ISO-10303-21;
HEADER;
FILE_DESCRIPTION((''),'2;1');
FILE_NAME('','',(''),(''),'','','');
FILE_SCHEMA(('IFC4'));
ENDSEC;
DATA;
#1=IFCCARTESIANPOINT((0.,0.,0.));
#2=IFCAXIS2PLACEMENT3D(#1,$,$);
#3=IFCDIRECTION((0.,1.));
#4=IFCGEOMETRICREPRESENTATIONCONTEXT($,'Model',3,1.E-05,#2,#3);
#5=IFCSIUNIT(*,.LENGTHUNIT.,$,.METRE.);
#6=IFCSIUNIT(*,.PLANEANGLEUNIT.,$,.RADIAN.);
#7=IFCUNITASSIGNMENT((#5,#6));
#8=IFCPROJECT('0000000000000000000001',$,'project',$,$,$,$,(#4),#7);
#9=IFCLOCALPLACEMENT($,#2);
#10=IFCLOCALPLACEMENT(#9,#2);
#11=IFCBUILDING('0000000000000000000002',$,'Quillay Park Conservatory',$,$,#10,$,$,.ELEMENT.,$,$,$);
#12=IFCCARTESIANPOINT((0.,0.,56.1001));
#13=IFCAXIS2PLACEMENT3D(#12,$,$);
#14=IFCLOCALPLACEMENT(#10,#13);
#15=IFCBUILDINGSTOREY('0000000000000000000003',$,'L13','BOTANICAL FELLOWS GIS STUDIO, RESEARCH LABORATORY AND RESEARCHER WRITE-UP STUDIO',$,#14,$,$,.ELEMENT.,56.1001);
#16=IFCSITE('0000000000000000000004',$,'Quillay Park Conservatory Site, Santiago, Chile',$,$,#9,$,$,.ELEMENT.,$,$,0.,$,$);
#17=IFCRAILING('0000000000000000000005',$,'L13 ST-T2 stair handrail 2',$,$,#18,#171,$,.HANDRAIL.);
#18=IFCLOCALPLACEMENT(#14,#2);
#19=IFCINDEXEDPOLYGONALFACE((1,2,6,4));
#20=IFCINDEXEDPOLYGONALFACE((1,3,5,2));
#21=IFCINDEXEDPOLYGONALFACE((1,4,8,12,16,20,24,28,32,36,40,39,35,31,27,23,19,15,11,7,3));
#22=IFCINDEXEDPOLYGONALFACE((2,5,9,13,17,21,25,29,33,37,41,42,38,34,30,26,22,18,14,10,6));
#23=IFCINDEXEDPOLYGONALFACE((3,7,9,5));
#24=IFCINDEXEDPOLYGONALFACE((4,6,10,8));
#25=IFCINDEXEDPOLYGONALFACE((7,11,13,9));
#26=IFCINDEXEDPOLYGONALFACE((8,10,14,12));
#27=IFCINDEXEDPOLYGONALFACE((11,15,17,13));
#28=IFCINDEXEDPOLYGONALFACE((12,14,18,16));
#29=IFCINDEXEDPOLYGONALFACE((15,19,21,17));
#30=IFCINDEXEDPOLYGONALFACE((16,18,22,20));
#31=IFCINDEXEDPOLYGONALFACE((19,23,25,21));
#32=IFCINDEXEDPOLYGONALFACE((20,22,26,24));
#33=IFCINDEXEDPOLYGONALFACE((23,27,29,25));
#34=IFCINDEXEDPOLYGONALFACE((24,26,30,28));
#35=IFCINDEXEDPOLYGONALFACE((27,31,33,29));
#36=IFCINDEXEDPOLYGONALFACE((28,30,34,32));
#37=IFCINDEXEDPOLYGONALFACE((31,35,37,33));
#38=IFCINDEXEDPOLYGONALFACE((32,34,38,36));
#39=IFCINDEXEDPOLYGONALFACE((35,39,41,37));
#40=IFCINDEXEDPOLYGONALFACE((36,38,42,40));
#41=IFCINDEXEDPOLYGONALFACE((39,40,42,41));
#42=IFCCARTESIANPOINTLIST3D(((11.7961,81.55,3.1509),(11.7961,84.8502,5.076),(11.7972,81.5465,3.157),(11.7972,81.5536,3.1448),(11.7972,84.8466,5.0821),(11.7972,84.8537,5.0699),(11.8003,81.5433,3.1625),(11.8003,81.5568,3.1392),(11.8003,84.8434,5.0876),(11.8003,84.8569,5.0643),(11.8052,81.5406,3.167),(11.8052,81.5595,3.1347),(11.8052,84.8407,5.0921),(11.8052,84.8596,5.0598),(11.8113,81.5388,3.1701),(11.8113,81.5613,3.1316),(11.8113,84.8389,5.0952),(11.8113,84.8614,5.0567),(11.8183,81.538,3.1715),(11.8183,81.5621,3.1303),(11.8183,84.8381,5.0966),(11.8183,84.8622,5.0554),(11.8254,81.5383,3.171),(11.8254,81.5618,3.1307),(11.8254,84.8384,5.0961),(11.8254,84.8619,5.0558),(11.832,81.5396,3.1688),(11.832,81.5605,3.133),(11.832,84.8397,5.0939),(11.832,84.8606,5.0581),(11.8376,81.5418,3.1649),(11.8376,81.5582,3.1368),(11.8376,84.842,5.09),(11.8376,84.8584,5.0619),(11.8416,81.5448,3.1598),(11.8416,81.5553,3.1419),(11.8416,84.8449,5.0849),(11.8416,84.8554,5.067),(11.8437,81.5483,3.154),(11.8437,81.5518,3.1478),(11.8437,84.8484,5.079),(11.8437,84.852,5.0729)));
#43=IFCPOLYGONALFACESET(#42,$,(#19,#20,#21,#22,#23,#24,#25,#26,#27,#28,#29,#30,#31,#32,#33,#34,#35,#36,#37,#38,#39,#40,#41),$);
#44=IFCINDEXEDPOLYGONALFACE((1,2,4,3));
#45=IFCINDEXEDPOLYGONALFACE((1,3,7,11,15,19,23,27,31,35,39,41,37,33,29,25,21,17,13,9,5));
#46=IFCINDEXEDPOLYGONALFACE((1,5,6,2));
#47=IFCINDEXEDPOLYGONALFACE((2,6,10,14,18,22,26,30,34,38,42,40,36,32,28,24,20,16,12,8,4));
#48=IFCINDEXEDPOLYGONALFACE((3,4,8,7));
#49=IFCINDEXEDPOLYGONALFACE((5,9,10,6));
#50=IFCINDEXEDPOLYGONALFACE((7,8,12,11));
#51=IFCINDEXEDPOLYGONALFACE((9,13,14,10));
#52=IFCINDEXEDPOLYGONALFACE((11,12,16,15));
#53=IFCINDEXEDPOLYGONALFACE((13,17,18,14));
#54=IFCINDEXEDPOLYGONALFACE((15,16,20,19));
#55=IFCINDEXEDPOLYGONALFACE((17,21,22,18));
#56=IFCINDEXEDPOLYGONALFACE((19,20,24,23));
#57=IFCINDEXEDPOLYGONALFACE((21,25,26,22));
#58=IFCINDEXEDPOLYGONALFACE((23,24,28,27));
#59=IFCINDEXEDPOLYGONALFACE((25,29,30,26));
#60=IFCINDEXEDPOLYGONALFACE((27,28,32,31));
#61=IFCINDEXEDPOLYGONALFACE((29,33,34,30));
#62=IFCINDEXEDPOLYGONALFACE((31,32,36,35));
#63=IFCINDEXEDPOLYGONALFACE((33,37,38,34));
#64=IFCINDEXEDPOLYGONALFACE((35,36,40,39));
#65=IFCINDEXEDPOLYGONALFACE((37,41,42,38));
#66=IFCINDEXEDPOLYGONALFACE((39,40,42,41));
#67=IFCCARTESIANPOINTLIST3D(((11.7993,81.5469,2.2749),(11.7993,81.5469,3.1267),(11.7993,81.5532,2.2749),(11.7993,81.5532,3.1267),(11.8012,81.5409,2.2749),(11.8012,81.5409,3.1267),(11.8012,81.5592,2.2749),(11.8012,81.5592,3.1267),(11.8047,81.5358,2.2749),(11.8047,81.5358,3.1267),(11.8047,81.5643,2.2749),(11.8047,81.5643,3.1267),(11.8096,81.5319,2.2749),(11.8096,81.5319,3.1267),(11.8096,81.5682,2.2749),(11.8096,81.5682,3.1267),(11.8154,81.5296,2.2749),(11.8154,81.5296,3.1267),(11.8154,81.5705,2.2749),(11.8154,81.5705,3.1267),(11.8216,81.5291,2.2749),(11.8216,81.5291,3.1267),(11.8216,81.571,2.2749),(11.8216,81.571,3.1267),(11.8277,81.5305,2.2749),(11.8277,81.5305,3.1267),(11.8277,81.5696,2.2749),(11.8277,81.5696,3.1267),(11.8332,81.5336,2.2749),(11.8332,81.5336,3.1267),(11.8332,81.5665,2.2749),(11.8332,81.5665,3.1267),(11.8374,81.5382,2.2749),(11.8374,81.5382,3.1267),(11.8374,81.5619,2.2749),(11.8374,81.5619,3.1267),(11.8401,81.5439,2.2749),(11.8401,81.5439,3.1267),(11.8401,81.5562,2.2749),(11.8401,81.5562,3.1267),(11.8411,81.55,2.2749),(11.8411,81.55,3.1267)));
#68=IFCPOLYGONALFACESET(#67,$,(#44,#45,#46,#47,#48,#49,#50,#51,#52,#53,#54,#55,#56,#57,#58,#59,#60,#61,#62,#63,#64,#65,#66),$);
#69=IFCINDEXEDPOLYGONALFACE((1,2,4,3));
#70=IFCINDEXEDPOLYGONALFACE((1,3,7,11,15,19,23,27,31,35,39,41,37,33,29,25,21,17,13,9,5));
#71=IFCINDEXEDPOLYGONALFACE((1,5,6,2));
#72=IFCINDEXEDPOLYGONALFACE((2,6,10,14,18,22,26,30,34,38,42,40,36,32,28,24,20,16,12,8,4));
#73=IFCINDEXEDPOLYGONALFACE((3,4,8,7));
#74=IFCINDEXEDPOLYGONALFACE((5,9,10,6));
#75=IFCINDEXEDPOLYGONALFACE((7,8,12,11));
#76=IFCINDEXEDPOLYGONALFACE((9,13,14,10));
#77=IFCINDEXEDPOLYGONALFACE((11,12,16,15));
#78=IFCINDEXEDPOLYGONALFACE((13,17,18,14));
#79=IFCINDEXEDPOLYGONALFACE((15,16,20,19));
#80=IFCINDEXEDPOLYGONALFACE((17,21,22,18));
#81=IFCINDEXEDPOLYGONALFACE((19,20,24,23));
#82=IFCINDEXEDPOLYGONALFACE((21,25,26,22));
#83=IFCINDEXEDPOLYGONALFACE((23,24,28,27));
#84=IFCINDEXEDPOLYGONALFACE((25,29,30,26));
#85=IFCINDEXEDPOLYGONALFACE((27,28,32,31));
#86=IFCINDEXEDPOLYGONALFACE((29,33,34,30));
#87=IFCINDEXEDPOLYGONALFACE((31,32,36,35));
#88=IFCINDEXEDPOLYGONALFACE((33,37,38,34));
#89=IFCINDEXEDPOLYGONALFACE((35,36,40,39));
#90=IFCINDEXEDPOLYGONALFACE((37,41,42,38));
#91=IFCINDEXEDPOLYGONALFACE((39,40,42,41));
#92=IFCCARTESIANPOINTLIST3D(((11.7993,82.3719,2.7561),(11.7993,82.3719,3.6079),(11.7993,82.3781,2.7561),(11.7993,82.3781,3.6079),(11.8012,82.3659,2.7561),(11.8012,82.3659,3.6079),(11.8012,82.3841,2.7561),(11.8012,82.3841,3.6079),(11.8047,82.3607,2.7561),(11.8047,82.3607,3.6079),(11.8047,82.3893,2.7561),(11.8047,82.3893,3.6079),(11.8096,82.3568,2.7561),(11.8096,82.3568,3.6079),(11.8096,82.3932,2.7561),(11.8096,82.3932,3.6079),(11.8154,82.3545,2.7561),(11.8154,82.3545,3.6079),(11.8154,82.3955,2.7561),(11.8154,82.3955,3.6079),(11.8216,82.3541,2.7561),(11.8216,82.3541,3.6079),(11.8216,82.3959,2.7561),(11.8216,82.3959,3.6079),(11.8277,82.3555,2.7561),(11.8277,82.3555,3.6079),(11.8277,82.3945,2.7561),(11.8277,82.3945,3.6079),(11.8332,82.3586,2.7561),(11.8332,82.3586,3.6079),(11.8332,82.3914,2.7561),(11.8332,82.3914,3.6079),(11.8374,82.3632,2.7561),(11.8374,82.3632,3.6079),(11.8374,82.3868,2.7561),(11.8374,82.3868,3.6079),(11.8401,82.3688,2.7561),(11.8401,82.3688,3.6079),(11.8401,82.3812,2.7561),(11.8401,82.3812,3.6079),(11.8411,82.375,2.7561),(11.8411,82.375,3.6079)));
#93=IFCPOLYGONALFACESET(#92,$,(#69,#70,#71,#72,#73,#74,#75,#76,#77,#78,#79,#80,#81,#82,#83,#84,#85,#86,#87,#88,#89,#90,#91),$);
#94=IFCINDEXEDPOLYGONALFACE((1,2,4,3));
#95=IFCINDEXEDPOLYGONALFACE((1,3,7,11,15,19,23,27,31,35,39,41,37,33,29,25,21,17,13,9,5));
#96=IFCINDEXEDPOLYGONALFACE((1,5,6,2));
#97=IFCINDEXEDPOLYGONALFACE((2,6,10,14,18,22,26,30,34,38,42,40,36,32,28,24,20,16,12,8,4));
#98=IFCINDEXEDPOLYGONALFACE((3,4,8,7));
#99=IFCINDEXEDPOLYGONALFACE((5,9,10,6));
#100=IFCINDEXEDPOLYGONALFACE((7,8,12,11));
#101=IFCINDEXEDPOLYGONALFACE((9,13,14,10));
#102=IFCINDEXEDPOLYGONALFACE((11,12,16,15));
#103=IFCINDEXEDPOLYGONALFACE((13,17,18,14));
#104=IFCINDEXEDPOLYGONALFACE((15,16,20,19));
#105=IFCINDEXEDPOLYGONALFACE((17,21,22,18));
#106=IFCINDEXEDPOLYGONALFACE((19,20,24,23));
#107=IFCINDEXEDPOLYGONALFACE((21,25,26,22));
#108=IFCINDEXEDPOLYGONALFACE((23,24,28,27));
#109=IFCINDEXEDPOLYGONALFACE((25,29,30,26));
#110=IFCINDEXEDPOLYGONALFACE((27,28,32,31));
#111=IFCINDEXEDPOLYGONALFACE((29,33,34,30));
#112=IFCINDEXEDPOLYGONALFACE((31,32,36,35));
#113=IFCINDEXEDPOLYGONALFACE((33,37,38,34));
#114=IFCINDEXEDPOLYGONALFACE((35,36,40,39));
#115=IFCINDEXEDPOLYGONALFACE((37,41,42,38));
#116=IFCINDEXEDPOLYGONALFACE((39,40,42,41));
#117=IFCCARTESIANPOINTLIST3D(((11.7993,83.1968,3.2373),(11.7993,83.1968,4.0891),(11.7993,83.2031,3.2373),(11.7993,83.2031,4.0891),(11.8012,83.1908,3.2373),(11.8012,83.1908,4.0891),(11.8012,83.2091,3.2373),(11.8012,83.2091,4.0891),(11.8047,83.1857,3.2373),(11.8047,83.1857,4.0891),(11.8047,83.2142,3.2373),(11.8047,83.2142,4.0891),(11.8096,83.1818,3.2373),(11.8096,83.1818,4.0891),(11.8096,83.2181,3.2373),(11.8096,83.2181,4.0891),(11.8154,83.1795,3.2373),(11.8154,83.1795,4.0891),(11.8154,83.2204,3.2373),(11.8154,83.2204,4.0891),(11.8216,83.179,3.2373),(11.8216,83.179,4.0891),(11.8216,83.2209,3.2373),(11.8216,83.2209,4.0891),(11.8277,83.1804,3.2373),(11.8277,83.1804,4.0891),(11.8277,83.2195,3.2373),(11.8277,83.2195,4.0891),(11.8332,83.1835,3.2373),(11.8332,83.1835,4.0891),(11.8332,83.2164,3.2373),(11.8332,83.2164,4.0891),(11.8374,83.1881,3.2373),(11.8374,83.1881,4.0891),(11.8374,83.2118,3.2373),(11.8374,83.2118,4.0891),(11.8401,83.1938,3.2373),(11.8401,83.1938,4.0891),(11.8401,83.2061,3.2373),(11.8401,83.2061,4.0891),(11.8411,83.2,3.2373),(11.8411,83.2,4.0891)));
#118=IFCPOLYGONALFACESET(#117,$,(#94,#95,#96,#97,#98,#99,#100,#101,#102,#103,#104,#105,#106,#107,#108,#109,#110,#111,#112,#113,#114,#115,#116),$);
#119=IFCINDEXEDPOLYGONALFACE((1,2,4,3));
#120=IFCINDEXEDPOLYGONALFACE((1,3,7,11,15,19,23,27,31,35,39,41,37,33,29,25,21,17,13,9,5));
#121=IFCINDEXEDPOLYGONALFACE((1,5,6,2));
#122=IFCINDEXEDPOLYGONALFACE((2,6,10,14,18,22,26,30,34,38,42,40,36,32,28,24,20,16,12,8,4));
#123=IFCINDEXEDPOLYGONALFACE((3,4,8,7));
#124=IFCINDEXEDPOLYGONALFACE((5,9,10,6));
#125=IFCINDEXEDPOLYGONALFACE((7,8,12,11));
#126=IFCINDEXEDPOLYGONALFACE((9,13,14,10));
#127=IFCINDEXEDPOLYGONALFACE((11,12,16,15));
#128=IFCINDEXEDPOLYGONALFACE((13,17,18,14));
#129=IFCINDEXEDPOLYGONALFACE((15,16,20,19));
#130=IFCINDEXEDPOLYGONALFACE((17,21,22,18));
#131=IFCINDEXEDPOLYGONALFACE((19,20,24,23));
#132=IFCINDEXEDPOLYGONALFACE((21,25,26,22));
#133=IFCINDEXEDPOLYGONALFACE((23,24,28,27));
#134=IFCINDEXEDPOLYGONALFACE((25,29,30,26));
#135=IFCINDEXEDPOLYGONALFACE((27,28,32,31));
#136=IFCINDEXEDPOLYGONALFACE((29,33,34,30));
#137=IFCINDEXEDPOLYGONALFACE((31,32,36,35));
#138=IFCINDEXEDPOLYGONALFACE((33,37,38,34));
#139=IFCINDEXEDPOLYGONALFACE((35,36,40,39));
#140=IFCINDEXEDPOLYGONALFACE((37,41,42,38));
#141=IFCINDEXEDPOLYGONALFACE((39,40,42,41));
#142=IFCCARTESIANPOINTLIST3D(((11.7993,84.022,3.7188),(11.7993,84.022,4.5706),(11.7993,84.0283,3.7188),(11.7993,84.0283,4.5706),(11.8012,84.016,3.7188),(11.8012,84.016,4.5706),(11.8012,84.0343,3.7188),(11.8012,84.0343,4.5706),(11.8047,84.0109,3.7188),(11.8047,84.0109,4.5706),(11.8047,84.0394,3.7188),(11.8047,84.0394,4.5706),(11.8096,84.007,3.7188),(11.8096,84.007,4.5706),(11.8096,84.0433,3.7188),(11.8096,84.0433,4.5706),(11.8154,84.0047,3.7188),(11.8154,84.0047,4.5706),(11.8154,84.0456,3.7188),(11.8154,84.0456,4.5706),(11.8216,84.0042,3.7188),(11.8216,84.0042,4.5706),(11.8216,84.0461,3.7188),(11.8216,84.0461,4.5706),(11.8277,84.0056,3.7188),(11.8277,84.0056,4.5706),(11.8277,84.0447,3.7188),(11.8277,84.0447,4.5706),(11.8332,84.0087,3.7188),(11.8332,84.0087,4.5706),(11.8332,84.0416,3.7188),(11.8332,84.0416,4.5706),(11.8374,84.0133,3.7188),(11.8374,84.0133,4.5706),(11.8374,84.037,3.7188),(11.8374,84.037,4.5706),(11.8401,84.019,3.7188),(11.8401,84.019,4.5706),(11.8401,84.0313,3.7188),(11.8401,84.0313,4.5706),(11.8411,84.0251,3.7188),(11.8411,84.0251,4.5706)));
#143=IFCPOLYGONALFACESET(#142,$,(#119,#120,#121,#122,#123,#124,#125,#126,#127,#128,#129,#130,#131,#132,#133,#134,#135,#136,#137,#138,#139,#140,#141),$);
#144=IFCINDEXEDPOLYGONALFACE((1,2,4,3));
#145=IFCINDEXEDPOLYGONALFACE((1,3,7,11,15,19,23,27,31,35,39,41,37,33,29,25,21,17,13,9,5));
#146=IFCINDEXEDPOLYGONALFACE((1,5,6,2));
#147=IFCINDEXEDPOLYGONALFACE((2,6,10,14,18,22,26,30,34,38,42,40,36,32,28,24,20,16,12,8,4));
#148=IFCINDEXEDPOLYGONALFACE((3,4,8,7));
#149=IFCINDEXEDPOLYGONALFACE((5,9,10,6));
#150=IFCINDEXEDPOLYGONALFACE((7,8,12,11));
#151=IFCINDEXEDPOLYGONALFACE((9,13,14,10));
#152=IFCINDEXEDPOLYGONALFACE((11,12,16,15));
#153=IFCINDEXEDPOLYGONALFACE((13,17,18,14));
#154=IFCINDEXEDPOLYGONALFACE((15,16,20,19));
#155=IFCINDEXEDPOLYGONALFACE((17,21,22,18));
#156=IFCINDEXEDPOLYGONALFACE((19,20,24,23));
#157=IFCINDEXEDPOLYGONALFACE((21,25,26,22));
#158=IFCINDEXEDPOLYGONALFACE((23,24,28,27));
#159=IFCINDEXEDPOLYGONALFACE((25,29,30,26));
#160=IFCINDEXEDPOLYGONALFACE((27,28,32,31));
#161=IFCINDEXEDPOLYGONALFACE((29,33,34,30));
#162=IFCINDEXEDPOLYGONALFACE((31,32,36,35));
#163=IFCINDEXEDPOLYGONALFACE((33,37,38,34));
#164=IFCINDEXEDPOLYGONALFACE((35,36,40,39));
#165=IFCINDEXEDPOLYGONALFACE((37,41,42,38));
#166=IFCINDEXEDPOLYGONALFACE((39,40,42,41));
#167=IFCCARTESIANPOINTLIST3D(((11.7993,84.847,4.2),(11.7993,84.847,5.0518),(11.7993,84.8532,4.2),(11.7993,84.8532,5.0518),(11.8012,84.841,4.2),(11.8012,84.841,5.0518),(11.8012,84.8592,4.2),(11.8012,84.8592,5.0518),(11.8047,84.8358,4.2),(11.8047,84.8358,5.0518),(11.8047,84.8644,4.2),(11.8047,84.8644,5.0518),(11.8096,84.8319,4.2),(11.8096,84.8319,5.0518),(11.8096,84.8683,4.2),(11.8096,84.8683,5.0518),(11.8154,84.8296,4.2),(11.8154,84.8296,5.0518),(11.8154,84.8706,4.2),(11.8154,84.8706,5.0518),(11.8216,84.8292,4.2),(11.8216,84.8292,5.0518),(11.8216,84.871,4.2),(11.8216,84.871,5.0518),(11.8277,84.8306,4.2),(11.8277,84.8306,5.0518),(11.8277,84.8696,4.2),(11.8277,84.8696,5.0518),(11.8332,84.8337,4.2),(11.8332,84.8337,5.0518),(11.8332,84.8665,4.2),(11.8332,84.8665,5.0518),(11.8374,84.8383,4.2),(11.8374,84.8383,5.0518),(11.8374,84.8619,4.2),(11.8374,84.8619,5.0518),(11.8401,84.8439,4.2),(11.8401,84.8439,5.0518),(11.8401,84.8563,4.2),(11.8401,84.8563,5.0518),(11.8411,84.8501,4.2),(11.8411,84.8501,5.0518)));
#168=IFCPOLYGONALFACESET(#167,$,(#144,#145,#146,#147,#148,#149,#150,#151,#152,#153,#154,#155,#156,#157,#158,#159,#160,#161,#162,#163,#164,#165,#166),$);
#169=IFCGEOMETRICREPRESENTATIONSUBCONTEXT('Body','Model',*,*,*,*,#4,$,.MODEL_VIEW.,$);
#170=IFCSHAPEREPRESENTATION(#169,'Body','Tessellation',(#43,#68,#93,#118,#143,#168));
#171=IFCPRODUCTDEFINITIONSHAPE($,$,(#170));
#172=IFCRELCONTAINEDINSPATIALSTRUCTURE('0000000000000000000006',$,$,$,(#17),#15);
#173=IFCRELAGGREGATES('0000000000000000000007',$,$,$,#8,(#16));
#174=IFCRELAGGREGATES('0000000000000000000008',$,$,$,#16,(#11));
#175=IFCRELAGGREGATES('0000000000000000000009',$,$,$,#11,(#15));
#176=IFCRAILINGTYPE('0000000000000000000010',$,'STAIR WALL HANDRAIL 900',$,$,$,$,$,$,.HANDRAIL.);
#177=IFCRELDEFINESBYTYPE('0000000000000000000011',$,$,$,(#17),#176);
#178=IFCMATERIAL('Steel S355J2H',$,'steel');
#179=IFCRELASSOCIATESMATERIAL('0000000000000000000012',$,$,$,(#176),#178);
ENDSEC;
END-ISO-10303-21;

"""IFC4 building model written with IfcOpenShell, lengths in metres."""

from ifc_helpers import new_model, si_unit, direction, frame, origin, origin_2d, place, context, subcontext, project, spatial, circle, extrude, material, type_object, element, save


model = new_model("IFC4")

# Units and contexts
model_context = context("Model", 3, precision=1e-05, world=origin(), true_north=direction((0.0, 1.0)))
body_context = subcontext(model_context, "Body", "Model", "MODEL_VIEW")
ifc_project = project(units=[si_unit("LENGTHUNIT", "METRE"), si_unit("PLANEANGLEUNIT", "RADIAN")], contexts=[model_context])

# Site, building, storey
site_placement = place(None, origin())
site = spatial("IfcSite", under=ifc_project, at=site_placement, Name="Quillay Park Conservatory Site, Santiago, Chile", CompositionType="ELEMENT", RefElevation=0.0)
building_placement = place(site_placement, origin())
building = spatial("IfcBuilding", under=site, at=building_placement, Name="Quillay Park Conservatory", CompositionType="ELEMENT")
storey_placement = place(building_placement, frame((0.0, 0.0, 56.1001)))
storey = spatial("IfcBuildingStorey", under=building, at=storey_placement, Name="L13", Description="BOTANICAL FELLOWS GIS STUDIO, RESEARCH LABORATORY AND RESEARCHER WRITE-UP STUDIO", CompositionType="ELEMENT", Elevation=56.1001)

# Railing
ifc_material_1 = material(Name="Steel S355J2H", Category="steel")
railing_type_1 = type_object("IfcRailingType", Name="STAIR WALL HANDRAIL 900", PredefinedType="HANDRAIL", material=ifc_material_1)
railing_1_placement = place(storey_placement, frame((11.8201, 81.55, 2.2749)))
element("IfcRailing", 1, at=railing_1_placement, inside=storey, type_object=railing_type_1, Name="L13 ST-T2 stair handrail 2", PredefinedType="HANDRAIL", context=body_context, shape_type="SweptSolid", body=[
    extrude(circle(Radius=0.0239, at=origin_2d()), frame((0.0, 0.0, 0.876), z_axis=(0.0, 0.863777, 0.503875), x_axis=(-1.0, 0.0, 0.0)), (0.0, 0.0, 1.0), 3.8206),
    extrude(circle(Radius=0.021, at=origin_2d()), origin(), (0.0, 0.0, 1.0), 0.8518),
    extrude(circle(Radius=0.021, at=origin_2d()), frame((0.0, 0.825, 0.4812)), (0.0, 0.0, 1.0), 0.8518),
    extrude(circle(Radius=0.021, at=origin_2d()), frame((0.0, 1.6499, 0.9624)), (0.0, 0.0, 1.0), 0.8518),
    extrude(circle(Radius=0.021, at=origin_2d()), frame((0.0, 2.4751, 1.4438)), (0.0, 0.0, 1.0), 0.8518),
    extrude(circle(Radius=0.021, at=origin_2d()), frame((0.0, 3.3, 1.925)), (0.0, 0.0, 1.0), 0.8518),
])

save(model, "model.ifc")
